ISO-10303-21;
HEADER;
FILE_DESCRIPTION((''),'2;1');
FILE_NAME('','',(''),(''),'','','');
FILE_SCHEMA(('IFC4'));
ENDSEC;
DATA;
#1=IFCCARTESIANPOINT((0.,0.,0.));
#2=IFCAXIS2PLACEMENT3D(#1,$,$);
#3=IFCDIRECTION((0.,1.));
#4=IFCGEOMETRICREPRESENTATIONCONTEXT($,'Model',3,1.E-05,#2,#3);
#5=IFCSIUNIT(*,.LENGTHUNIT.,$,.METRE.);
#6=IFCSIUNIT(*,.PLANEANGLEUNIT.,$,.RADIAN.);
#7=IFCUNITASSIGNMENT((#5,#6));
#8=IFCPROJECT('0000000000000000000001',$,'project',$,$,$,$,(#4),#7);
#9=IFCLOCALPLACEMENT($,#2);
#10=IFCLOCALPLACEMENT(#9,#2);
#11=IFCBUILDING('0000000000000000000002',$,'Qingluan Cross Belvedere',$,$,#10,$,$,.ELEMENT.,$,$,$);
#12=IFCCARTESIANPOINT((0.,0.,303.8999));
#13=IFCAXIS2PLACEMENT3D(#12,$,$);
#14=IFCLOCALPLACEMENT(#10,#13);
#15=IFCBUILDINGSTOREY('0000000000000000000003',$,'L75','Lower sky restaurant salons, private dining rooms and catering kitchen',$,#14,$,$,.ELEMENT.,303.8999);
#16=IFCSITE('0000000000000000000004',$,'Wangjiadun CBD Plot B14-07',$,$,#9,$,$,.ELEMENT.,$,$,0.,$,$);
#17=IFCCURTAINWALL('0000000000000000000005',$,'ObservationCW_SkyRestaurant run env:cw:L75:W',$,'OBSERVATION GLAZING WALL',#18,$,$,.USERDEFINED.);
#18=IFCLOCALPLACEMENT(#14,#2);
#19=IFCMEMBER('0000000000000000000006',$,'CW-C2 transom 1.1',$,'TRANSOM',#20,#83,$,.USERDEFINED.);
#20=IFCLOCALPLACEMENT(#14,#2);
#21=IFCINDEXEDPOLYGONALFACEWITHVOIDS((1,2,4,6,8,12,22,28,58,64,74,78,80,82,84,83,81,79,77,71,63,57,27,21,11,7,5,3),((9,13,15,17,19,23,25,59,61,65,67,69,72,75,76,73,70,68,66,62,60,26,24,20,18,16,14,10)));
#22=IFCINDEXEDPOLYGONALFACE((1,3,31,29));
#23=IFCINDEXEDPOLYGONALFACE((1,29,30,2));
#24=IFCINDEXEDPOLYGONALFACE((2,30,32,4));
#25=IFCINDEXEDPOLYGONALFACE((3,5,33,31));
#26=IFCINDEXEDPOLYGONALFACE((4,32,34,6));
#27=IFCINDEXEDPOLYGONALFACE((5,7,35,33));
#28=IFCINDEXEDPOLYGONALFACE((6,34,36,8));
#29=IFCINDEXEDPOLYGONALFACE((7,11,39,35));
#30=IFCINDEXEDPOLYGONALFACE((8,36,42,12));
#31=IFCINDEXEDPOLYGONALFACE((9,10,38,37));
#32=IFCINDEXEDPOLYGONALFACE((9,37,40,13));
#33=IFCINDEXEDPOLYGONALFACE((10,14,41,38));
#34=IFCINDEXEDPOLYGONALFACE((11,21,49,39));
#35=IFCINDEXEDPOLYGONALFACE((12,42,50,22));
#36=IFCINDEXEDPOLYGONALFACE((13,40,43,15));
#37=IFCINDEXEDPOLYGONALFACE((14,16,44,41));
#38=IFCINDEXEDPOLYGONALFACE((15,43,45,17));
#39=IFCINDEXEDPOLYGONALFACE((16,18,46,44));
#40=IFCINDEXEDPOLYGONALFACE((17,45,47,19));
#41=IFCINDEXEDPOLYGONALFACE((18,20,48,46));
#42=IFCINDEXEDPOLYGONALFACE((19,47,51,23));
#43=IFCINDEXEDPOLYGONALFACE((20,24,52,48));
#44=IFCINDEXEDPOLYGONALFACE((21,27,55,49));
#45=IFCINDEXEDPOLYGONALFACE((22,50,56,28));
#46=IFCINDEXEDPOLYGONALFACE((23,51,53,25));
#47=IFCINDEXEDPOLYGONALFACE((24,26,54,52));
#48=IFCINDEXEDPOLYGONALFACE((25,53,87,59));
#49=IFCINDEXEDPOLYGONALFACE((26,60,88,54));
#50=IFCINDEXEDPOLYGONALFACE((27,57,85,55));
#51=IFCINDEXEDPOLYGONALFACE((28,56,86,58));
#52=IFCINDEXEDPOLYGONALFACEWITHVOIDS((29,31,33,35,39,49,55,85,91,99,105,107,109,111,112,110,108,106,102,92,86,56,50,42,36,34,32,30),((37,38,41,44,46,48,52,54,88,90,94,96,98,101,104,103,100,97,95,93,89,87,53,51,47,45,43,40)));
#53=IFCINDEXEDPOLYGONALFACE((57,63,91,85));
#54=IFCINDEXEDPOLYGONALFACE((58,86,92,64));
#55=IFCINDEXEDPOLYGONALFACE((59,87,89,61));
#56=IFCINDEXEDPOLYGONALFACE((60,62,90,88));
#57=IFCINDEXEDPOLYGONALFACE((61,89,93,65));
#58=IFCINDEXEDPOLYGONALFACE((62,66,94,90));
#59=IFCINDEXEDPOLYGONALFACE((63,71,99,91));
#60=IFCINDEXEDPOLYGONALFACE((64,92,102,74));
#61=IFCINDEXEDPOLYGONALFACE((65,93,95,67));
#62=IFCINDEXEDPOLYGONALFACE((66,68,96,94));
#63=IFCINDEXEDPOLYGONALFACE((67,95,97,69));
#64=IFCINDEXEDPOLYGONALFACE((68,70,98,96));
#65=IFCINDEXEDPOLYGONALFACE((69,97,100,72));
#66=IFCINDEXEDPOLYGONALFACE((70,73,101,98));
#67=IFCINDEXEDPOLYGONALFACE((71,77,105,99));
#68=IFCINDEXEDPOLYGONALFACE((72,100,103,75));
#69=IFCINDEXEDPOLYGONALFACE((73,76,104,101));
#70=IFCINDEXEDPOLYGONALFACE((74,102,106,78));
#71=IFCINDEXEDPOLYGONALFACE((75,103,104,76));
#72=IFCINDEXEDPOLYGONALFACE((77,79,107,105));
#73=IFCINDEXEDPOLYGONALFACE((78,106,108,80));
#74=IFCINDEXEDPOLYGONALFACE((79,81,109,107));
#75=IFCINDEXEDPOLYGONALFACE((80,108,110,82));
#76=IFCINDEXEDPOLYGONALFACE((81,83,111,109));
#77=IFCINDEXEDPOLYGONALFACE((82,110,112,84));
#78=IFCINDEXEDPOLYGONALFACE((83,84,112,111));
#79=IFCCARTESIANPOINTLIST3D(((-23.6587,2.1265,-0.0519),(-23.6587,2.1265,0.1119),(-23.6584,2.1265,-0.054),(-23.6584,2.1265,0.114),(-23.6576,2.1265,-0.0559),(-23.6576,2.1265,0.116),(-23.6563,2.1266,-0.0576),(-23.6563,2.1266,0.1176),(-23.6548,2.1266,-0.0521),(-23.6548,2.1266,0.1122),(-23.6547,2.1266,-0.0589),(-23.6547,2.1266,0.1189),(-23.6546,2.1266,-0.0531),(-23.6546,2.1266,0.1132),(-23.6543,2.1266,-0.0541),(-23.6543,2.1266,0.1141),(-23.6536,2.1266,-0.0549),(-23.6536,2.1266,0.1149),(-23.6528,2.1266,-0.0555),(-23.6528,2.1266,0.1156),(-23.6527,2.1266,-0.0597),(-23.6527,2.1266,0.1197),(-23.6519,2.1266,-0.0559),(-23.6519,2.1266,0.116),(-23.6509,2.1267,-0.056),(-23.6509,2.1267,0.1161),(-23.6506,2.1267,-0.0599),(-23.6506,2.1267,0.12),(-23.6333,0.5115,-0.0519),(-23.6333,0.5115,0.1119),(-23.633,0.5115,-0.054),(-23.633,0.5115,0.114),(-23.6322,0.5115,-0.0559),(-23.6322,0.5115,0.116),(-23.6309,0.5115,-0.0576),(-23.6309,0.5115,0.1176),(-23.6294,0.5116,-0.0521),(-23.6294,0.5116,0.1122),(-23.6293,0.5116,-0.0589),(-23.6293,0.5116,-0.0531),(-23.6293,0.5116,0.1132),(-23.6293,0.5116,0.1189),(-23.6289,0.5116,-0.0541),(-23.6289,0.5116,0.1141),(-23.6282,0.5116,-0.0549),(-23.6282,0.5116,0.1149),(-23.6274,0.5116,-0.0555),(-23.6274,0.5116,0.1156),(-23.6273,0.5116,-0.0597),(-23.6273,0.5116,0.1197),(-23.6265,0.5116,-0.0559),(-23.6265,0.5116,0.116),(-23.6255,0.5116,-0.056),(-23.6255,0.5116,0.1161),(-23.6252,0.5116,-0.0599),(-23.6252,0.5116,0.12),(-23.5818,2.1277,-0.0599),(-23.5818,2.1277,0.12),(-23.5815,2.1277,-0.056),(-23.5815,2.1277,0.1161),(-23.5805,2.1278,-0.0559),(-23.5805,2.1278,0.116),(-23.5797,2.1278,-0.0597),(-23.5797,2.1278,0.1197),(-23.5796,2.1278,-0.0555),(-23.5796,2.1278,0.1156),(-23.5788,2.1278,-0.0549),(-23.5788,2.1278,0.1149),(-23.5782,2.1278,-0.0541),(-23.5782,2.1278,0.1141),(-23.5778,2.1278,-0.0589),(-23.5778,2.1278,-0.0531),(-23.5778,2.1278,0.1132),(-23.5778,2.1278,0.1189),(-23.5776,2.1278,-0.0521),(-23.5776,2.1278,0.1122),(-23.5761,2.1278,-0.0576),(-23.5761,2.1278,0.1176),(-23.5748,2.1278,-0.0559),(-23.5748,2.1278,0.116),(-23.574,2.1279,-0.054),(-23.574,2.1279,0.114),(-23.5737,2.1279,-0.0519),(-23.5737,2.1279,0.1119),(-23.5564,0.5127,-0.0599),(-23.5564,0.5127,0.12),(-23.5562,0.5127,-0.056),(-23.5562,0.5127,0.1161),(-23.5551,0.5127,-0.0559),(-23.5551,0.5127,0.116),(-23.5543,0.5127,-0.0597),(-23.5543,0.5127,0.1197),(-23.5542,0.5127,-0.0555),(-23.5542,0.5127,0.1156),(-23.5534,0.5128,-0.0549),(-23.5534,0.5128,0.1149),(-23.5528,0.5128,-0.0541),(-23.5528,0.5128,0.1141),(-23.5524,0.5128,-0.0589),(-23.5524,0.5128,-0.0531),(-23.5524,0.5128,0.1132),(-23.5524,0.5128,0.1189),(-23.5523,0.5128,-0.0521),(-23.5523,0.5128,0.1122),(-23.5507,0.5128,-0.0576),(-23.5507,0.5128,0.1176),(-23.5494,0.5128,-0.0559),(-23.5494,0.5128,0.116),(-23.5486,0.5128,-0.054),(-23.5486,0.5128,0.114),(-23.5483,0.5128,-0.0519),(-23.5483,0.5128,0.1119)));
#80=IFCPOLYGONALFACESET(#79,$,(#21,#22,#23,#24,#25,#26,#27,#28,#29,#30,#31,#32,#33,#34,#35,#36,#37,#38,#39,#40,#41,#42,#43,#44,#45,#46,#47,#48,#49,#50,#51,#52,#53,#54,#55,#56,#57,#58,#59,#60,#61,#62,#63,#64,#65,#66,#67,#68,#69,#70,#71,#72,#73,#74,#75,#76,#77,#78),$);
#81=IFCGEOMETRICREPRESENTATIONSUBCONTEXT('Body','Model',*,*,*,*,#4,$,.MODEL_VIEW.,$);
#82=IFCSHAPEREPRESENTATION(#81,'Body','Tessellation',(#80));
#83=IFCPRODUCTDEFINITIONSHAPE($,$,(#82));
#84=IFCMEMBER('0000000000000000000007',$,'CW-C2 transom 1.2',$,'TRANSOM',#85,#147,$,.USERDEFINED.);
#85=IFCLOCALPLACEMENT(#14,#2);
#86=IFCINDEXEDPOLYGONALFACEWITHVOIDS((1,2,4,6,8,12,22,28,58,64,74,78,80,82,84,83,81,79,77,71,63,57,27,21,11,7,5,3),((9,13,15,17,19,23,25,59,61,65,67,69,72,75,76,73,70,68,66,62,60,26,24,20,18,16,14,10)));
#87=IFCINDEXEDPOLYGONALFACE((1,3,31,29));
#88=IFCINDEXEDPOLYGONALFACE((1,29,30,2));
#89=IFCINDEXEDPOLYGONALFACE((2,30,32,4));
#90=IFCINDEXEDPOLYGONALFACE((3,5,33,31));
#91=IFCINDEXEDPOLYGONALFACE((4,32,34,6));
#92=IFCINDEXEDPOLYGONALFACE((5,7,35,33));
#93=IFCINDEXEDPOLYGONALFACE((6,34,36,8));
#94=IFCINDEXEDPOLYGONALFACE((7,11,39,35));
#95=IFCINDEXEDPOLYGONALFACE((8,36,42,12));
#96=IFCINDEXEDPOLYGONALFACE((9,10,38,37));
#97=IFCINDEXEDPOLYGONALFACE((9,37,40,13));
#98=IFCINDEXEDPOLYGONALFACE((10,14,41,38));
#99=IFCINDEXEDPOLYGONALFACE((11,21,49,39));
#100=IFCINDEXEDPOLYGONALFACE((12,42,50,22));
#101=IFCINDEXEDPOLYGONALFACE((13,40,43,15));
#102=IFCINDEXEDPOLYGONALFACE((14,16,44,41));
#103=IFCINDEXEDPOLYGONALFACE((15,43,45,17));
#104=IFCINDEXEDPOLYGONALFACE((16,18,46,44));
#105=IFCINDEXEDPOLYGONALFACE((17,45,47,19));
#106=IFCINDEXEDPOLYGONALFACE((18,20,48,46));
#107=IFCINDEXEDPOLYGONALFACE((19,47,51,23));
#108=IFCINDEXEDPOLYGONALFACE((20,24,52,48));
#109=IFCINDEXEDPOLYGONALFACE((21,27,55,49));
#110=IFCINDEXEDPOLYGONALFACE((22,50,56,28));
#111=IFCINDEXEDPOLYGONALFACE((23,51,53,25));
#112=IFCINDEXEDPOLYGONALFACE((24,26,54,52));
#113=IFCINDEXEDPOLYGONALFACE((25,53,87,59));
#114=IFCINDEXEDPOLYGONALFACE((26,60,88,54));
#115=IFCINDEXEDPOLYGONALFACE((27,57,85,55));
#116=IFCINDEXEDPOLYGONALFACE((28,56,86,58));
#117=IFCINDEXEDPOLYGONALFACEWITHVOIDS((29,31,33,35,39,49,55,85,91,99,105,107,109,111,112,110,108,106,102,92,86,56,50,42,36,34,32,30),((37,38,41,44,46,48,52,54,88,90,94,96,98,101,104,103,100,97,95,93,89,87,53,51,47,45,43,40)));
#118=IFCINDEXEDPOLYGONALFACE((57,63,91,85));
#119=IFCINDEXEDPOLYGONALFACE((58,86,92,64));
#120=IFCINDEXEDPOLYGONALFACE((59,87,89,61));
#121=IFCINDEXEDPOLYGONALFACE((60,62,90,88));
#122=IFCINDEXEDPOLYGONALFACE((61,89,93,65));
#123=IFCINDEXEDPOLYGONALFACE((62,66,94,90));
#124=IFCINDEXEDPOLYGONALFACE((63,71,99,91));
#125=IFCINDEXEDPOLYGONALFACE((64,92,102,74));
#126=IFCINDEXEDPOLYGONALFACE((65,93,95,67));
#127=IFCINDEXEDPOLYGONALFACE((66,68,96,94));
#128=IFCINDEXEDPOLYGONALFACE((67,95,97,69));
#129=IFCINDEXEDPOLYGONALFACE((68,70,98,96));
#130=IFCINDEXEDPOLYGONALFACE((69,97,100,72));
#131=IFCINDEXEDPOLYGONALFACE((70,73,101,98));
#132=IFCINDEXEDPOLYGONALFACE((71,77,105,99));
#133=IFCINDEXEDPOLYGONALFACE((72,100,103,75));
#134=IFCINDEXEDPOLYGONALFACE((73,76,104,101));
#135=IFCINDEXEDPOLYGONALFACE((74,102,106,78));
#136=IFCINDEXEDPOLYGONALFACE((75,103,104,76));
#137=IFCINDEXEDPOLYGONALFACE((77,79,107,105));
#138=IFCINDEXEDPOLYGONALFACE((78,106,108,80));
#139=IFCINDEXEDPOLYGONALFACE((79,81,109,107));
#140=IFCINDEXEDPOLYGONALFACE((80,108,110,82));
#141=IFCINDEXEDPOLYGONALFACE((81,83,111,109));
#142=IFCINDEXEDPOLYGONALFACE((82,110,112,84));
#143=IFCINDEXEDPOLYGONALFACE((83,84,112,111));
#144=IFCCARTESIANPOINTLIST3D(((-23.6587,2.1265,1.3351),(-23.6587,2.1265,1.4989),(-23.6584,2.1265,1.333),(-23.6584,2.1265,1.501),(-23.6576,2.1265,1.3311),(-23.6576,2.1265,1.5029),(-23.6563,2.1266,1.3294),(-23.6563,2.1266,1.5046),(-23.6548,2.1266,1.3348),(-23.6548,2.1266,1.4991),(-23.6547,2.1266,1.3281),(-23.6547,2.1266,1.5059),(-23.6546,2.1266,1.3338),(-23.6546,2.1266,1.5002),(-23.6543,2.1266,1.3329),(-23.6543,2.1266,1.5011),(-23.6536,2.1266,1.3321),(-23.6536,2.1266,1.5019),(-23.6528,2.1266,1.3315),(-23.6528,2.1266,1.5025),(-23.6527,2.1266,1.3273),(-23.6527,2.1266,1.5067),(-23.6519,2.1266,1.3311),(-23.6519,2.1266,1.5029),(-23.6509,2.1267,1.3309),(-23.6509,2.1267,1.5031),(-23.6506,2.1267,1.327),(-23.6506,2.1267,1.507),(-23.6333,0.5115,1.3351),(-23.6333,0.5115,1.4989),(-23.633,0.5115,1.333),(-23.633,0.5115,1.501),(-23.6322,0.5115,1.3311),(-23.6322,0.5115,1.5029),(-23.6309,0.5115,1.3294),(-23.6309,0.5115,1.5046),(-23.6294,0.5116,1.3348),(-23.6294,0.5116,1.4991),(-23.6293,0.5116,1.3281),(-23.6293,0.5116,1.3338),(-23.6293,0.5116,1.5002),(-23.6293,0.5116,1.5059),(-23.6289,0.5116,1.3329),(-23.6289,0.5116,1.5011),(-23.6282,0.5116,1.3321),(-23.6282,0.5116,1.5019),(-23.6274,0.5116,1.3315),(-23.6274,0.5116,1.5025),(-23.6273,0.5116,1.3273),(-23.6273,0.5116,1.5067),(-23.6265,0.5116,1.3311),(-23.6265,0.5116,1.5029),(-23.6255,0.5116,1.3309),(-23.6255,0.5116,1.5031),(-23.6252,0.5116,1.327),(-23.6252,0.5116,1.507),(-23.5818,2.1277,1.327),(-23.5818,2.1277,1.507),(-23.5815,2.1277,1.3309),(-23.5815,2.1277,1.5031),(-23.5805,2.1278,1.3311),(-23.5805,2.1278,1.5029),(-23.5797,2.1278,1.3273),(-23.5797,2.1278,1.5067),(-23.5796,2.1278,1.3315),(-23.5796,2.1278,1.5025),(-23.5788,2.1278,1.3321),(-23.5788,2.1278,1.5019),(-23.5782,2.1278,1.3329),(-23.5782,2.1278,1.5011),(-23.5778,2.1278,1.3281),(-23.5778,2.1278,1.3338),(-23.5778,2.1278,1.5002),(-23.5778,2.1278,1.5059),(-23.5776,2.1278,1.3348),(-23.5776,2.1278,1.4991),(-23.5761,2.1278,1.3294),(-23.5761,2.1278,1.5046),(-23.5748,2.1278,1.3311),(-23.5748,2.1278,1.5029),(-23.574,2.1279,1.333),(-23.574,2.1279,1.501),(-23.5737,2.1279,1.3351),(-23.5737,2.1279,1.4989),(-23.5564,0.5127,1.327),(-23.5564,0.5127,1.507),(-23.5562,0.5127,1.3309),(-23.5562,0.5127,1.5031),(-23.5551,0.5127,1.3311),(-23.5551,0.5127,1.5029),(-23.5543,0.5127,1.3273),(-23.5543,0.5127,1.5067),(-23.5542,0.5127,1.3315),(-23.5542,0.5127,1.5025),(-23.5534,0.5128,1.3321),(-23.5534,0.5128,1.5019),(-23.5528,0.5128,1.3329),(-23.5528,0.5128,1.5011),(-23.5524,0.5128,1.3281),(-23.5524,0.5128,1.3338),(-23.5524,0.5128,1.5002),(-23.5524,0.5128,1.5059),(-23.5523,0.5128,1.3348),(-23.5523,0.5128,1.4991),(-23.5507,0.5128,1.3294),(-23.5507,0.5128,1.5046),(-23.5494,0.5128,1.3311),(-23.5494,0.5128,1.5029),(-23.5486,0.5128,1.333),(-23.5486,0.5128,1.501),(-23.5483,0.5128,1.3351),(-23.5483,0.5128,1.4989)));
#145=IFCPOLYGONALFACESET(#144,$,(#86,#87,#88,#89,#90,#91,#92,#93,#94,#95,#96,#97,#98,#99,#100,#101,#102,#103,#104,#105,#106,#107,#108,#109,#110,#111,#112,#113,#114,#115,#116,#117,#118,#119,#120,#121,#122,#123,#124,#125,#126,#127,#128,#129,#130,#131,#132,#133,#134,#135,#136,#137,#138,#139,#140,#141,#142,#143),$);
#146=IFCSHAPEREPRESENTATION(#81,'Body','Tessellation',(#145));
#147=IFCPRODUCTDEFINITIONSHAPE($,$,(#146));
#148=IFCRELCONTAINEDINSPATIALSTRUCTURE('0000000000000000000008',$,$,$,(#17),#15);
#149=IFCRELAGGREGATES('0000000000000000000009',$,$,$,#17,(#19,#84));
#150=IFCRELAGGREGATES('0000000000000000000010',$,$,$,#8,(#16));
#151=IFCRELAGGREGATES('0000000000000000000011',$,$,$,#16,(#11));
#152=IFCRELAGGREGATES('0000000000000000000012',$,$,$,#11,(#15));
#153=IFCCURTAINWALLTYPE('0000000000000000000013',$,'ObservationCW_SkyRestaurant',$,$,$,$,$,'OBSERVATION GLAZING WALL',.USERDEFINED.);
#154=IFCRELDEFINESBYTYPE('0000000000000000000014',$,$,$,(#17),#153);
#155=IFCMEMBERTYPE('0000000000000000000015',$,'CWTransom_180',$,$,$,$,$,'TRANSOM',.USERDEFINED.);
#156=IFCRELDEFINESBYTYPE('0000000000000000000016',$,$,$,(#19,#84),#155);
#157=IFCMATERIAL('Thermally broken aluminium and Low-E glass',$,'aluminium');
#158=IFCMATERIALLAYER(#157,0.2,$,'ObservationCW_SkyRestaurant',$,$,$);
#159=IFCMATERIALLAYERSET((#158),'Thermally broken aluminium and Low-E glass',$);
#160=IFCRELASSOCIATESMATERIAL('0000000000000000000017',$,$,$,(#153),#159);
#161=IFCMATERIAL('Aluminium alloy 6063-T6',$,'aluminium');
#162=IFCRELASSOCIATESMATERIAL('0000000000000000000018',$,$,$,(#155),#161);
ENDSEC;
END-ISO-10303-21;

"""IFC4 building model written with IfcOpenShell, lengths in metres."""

from ifc_helpers import new_model, si_unit, direction, frame, origin, origin_2d, place, context, subcontext, project, spatial, hollow_rectangle, extrude, material, layer, layer_set, material_profile, profile_set, type_object, element, aggregate, save


model = new_model("IFC4")

# Units and contexts
model_context = context("Model", 3, precision=1e-05, world=origin(), true_north=direction((0.0, 1.0)))
body_context = subcontext(model_context, "Body", "Model", "MODEL_VIEW")
ifc_project = project(units=[si_unit("LENGTHUNIT", "METRE"), si_unit("PLANEANGLEUNIT", "RADIAN")], contexts=[model_context])

# Site, building, storey
site_placement = place(None, origin())
site = spatial("IfcSite", under=ifc_project, at=site_placement, Name="Wangjiadun CBD Plot B14-07", CompositionType="ELEMENT", RefElevation=0.0)
building_placement = place(site_placement, origin())
building = spatial("IfcBuilding", under=site, at=building_placement, Name="Qingluan Cross Belvedere", CompositionType="ELEMENT")
storey_placement = place(building_placement, frame((0.0, 0.0, 303.8999)))
storey = spatial("IfcBuildingStorey", under=building, at=storey_placement, Name="L75", Description="Lower sky restaurant salons, private dining rooms and catering kitchen", CompositionType="ELEMENT", Elevation=303.8999)

# Curtain wall, members
ifc_material_1 = material(Name="Thermally broken aluminium and Low-E glass", Category="aluminium")
ifc_layer_1 = layer(ifc_material_1, 0.2, Name="ObservationCW_SkyRestaurant")
ifc_layer_set_1 = layer_set([ifc_layer_1], Name="Thermally broken aluminium and Low-E glass")
curtain_wall_type = type_object("IfcCurtainWallType", Name="ObservationCW_SkyRestaurant", ElementType="OBSERVATION GLAZING WALL", PredefinedType="USERDEFINED", material=ifc_layer_set_1)
curtain_wall_placement = place(storey_placement, origin())
curtain_wall = element("IfcCurtainWall", 1, at=curtain_wall_placement, inside=storey, type_object=curtain_wall_type, Name="ObservationCW_SkyRestaurant run env:cw:L75:W", ObjectType="OBSERVATION GLAZING WALL", PredefinedType="USERDEFINED")
ifc_material_2 = material(Name="Aluminium alloy 6063-T6", Category="aluminium")
ifc_material_profile_1 = material_profile(ifc_material_2, hollow_rectangle(XDim=0.085, YDim=0.1799, WallThickness=0.0039, InnerFilletRadius=0.0039, OuterFilletRadius=0.0081, at=origin_2d()), Name="CWT180x85x4")
ifc_profile_set_1 = profile_set([ifc_material_profile_1], Name="Aluminium alloy 6063-T6")
member_type_1 = type_object("IfcMemberType", Name="CWTransom_180", ElementType="TRANSOM", PredefinedType="USERDEFINED", material=ifc_profile_set_1)
member_1_placement = place(storey_placement, frame((-23.6162, 2.1272, 0.03), z_axis=(0.01572, -0.999876, 0.0), x_axis=(0.999876, 0.01572, 0.0)))
member_1 = element("IfcMember", 2, at=member_1_placement, type_object=member_type_1, Name="CW-C2 transom 1.1", ObjectType="TRANSOM", PredefinedType="USERDEFINED", context=body_context, shape_type="SweptSolid", body=[
    extrude(hollow_rectangle(XDim=0.085, YDim=0.1799, WallThickness=0.0039, InnerFilletRadius=0.0039, OuterFilletRadius=0.0081, at=origin_2d()), origin(), (0.0, 0.0, 1.0), 1.6152),
])
member_2_placement = place(storey_placement, frame((-23.6162, 2.1272, 1.417), z_axis=(0.01572, -0.999876, 0.0), x_axis=(0.999876, 0.01572, 0.0)))
member_2 = element("IfcMember", 3, at=member_2_placement, type_object=member_type_1, Name="CW-C2 transom 1.2", ObjectType="TRANSOM", PredefinedType="USERDEFINED", context=body_context, shape_type="SweptSolid", body=[
    extrude(hollow_rectangle(XDim=0.085, YDim=0.1799, WallThickness=0.0039, InnerFilletRadius=0.0039, OuterFilletRadius=0.0081, at=origin_2d()), origin(), (0.0, 0.0, 1.0), 1.6152),
])
aggregate(curtain_wall, [member_1, member_2])

save(model, "model.ifc")
